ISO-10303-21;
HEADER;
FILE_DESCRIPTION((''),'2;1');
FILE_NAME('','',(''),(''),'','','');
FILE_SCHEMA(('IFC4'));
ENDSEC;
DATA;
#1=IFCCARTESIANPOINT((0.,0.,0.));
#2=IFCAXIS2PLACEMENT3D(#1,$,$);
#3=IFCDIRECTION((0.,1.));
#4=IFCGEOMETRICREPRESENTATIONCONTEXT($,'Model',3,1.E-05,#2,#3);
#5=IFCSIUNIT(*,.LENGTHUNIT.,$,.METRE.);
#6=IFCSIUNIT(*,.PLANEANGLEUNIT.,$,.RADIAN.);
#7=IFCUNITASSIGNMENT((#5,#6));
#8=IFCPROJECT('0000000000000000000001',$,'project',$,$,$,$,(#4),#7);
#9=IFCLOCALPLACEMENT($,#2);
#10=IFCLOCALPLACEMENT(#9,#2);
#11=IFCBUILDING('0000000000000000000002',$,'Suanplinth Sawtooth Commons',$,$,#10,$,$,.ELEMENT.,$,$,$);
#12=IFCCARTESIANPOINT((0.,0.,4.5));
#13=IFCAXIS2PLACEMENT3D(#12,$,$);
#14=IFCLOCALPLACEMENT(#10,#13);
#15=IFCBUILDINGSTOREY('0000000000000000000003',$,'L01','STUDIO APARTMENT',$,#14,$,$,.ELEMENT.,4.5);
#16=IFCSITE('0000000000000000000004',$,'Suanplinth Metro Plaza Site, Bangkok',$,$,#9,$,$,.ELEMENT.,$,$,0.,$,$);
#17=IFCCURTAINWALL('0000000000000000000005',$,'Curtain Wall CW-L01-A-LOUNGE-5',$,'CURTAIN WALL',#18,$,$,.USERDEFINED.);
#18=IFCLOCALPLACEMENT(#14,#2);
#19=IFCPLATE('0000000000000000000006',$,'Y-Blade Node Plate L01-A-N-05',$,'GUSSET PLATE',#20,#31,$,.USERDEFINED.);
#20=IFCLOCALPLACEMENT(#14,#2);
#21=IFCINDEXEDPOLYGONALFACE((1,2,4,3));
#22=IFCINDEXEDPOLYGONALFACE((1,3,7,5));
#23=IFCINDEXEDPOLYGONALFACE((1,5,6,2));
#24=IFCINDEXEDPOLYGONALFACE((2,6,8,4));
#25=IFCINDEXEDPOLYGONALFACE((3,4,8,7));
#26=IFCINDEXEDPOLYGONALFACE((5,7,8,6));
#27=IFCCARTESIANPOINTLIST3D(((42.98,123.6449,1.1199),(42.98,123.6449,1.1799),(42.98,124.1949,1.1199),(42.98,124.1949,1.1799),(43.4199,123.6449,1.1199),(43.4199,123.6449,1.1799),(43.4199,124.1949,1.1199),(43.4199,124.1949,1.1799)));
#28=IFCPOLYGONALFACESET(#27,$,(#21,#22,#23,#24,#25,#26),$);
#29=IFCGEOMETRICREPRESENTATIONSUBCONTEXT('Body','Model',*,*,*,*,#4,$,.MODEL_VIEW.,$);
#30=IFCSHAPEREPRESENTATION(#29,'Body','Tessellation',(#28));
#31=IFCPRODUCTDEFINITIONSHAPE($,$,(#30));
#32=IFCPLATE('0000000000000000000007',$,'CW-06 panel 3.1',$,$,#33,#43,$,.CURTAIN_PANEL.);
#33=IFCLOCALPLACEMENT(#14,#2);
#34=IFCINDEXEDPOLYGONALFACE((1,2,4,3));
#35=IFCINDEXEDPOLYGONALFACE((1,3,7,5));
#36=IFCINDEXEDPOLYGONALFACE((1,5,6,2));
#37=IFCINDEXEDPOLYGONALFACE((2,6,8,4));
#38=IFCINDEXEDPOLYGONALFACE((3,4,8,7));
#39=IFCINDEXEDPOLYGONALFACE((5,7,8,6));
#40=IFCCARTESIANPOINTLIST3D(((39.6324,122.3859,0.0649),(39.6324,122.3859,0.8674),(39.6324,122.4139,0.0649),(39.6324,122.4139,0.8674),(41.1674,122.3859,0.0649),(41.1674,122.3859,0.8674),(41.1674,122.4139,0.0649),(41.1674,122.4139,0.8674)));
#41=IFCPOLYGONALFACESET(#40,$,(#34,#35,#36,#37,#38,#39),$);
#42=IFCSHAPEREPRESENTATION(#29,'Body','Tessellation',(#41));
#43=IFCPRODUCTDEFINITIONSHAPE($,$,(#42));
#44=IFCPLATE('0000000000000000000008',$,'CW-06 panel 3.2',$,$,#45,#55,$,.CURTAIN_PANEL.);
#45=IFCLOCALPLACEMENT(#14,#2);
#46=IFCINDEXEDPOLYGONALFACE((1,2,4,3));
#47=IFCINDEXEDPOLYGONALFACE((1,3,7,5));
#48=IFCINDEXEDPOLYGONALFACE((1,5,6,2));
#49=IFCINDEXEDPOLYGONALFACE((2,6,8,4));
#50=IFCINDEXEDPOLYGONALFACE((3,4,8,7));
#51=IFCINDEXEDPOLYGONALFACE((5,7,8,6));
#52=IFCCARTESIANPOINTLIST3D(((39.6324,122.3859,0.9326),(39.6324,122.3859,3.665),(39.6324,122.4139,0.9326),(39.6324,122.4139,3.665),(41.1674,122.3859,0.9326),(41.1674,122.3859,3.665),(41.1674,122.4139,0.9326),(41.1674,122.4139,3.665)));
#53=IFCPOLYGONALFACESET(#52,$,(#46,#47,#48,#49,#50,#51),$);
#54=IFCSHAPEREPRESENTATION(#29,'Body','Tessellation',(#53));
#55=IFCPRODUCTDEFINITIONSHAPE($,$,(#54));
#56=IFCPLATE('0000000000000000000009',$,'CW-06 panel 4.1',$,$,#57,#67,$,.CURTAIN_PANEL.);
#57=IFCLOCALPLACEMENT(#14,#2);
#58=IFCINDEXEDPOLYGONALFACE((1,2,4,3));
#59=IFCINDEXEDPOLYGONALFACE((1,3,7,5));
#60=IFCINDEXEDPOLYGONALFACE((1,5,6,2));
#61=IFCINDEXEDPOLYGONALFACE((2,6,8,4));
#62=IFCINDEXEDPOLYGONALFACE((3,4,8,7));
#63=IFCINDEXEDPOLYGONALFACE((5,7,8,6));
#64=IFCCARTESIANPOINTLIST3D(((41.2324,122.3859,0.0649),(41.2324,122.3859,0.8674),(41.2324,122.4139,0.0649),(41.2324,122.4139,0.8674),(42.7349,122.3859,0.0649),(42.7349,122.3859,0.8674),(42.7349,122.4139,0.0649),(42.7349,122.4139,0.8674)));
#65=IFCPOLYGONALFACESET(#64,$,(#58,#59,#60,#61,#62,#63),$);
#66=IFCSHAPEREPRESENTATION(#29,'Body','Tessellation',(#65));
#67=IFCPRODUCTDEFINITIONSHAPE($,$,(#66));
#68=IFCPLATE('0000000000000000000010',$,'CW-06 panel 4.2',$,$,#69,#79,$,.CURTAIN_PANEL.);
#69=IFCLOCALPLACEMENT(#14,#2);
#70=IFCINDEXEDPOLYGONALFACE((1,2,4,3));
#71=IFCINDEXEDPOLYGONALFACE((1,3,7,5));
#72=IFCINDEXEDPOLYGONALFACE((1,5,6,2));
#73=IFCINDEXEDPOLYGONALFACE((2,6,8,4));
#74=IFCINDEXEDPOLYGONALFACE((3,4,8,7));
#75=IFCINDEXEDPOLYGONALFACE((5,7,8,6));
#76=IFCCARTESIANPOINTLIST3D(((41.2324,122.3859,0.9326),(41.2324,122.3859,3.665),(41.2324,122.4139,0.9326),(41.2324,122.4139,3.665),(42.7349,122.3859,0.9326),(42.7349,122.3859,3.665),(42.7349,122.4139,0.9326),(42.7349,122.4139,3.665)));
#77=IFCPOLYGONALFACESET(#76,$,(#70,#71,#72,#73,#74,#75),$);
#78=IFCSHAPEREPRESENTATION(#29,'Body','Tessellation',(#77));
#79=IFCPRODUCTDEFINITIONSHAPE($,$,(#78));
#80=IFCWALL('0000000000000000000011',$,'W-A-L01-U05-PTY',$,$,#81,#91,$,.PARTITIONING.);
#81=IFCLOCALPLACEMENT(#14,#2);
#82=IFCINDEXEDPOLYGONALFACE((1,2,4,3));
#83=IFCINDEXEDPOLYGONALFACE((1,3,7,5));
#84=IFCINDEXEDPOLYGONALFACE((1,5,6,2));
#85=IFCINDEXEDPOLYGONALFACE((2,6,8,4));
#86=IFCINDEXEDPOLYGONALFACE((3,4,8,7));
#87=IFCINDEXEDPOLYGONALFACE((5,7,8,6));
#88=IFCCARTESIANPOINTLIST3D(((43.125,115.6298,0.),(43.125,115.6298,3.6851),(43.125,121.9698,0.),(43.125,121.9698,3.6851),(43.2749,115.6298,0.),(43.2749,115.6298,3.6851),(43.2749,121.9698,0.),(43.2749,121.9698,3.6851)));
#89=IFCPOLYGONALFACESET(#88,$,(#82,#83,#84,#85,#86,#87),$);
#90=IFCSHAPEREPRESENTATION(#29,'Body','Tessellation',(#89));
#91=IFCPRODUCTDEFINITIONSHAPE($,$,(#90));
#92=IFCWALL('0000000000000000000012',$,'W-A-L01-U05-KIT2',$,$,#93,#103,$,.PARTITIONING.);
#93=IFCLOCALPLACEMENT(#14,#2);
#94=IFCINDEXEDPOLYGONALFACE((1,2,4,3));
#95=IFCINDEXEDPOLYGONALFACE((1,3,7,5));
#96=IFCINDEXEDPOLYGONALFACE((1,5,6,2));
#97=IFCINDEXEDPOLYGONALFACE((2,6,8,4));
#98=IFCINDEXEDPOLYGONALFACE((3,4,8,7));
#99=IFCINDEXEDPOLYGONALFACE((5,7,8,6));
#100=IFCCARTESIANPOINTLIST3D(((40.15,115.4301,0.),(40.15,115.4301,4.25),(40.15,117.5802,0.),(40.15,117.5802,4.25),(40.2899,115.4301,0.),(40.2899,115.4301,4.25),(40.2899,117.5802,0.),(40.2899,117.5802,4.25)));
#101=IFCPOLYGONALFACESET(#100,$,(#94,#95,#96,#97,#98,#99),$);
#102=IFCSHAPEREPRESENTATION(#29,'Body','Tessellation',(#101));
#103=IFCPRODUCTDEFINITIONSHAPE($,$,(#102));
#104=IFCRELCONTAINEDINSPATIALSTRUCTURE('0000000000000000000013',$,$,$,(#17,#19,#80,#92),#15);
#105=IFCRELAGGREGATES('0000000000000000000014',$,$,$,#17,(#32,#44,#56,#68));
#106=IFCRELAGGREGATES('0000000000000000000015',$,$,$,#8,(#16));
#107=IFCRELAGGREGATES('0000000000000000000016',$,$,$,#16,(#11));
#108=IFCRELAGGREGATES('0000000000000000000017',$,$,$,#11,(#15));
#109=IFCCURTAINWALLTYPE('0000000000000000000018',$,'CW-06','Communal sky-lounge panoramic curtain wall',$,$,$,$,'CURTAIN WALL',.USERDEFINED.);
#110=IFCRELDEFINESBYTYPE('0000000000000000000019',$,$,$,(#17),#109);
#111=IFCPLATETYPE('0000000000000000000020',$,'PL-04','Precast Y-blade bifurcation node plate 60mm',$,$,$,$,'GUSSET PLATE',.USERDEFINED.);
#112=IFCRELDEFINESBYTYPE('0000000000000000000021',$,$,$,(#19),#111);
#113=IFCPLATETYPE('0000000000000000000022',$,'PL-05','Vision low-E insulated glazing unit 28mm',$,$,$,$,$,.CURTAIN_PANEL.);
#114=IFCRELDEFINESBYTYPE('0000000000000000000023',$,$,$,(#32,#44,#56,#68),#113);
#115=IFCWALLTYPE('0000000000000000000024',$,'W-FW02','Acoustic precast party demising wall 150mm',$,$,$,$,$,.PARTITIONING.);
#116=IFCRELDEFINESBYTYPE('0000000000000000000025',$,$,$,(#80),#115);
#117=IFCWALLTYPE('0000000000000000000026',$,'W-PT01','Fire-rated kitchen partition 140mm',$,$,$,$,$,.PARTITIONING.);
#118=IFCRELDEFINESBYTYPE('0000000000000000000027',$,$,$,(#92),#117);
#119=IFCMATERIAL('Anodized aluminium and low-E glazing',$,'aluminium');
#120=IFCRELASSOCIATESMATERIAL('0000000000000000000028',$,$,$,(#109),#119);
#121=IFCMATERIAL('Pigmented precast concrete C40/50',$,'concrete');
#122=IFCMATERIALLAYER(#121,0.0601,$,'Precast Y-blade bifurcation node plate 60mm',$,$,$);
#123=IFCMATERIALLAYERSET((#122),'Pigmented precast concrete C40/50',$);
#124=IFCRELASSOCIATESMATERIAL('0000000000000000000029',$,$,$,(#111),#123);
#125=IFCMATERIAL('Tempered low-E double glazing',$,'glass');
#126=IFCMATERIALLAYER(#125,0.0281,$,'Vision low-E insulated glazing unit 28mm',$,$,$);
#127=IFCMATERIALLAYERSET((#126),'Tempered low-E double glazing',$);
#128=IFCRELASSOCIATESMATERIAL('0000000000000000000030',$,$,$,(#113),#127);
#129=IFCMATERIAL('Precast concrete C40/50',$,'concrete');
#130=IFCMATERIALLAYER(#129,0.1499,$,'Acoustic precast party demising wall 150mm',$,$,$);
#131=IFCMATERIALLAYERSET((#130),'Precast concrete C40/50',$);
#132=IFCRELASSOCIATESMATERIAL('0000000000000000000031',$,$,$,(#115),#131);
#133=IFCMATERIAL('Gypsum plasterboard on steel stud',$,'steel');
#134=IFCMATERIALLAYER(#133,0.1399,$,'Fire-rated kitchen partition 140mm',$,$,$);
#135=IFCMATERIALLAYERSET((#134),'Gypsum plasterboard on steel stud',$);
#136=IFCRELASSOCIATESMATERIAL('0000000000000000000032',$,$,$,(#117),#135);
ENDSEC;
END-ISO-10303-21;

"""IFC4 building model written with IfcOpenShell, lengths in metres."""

from ifc_helpers import new_model, si_unit, direction, frame, frame_2d, origin, origin_2d, place, context, subcontext, project, spatial, rectangle, extrude, material, layer, layer_set, type_object, element, aggregate, save


model = new_model("IFC4")

# Units and contexts
model_context = context("Model", 3, precision=1e-05, world=origin(), true_north=direction((0.0, 1.0)))
body_context = subcontext(model_context, "Body", "Model", "MODEL_VIEW")
ifc_project = project(units=[si_unit("LENGTHUNIT", "METRE"), si_unit("PLANEANGLEUNIT", "RADIAN")], contexts=[model_context])

# Site, building, storey
site_placement = place(None, origin())
site = spatial("IfcSite", under=ifc_project, at=site_placement, Name="Suanplinth Metro Plaza Site, Bangkok", CompositionType="ELEMENT", RefElevation=0.0)
building_placement = place(site_placement, origin())
building = spatial("IfcBuilding", under=site, at=building_placement, Name="Suanplinth Sawtooth Commons", CompositionType="ELEMENT")
storey_placement = place(building_placement, frame((0.0, 0.0, 4.5)))
storey = spatial("IfcBuildingStorey", under=building, at=storey_placement, Name="L01", Description="STUDIO APARTMENT", CompositionType="ELEMENT", Elevation=4.5)

# Shared definitions
ifc_material_1 = material(Name="Precast concrete C40/50", Category="concrete")

# Shared definitions
ifc_material_2 = material(Name="Pigmented precast concrete C40/50", Category="concrete")

# Curtain wall
ifc_material_3 = material(Name="Anodized aluminium and low-E glazing", Category="aluminium")
curtain_wall_type = type_object("IfcCurtainWallType", Name="CW-06", Description="Communal sky-lounge panoramic curtain wall", ElementType="CURTAIN WALL", PredefinedType="USERDEFINED", material=ifc_material_3)
curtain_wall_placement = place(storey_placement, origin())
curtain_wall = element("IfcCurtainWall", 1, at=curtain_wall_placement, inside=storey, type_object=curtain_wall_type, Name="Curtain Wall CW-L01-A-LOUNGE-5", ObjectType="CURTAIN WALL", PredefinedType="USERDEFINED")

# Plates
ifc_layer_1 = layer(ifc_material_2, 0.0601, Name="Precast Y-blade bifurcation node plate 60mm")
ifc_layer_set_1 = layer_set([ifc_layer_1], Name="Pigmented precast concrete C40/50")
plate_type_1 = type_object("IfcPlateType", Name="PL-04", Description="Precast Y-blade bifurcation node plate 60mm", ElementType="GUSSET PLATE", PredefinedType="USERDEFINED", material=ifc_layer_set_1)
plate_1_placement = place(storey_placement, frame((43.2, 123.9199, 1.1199), z_axis=(0.0, 0.0, 1.0), x_axis=(1.0, 0.0, 0.0)))
element("IfcPlate", 2, at=plate_1_placement, inside=storey, type_object=plate_type_1, Name="Y-Blade Node Plate L01-A-N-05", ObjectType="GUSSET PLATE", PredefinedType="USERDEFINED", context=body_context, shape_type="SweptSolid", body=[
    extrude(rectangle(XDim=0.4399, YDim=0.55, at=origin_2d()), origin(), (0.0, 0.0, 1.0), 0.0601),
])
ifc_material_4 = material(Name="Tempered low-E double glazing", Category="glass")
ifc_layer_2 = layer(ifc_material_4, 0.0281, Name="Vision low-E insulated glazing unit 28mm")
ifc_layer_set_2 = layer_set([ifc_layer_2], Name="Tempered low-E double glazing")
plate_type_2 = type_object("IfcPlateType", Name="PL-05", Description="Vision low-E insulated glazing unit 28mm", PredefinedType="CURTAIN_PANEL", material=ifc_layer_set_2)
plate_2_placement = place(storey_placement, frame((40.3999, 122.3999, 0.0649), z_axis=(0.0, 0.0, 1.0), x_axis=(1.0, 0.0, 0.0)))
plate_2 = element("IfcPlate", 3, at=plate_2_placement, type_object=plate_type_2, Name="CW-06 panel 3.1", PredefinedType="CURTAIN_PANEL", context=body_context, shape_type="SweptSolid", body=[
    extrude(rectangle(XDim=1.5349, YDim=0.0281, at=origin_2d()), origin(), (0.0, 0.0, 1.0), 0.8025),
])
plate_3_placement = place(storey_placement, frame((40.3999, 122.3999, 0.9326), z_axis=(0.0, 0.0, 1.0), x_axis=(1.0, 0.0, 0.0)))
plate_3 = element("IfcPlate", 4, at=plate_3_placement, type_object=plate_type_2, Name="CW-06 panel 3.2", PredefinedType="CURTAIN_PANEL", context=body_context, shape_type="SweptSolid", body=[
    extrude(rectangle(XDim=1.5349, YDim=0.0281, at=origin_2d()), origin(), (0.0, 0.0, 1.0), 2.7324),
])
plate_4_placement = place(storey_placement, frame((41.9836, 122.3999, 0.0649), z_axis=(0.0, 0.0, 1.0), x_axis=(1.0, 0.0, 0.0)))
plate_4 = element("IfcPlate", 5, at=plate_4_placement, type_object=plate_type_2, Name="CW-06 panel 4.1", PredefinedType="CURTAIN_PANEL", context=body_context, shape_type="SweptSolid", body=[
    extrude(rectangle(XDim=1.5024, YDim=0.0281, at=origin_2d()), origin(), (0.0, 0.0, 1.0), 0.8025),
])
plate_5_placement = place(storey_placement, frame((41.9836, 122.3999, 0.9326), z_axis=(0.0, 0.0, 1.0), x_axis=(1.0, 0.0, 0.0)))
plate_5 = element("IfcPlate", 6, at=plate_5_placement, type_object=plate_type_2, Name="CW-06 panel 4.2", PredefinedType="CURTAIN_PANEL", context=body_context, shape_type="SweptSolid", body=[
    extrude(rectangle(XDim=1.5024, YDim=0.0281, at=origin_2d()), origin(), (0.0, 0.0, 1.0), 2.7324),
])
aggregate(curtain_wall, [plate_2, plate_3, plate_4, plate_5])

# Walls
ifc_layer_3 = layer(ifc_material_1, 0.1499, Name="Acoustic precast party demising wall 150mm")
ifc_layer_set_3 = layer_set([ifc_layer_3], Name="Precast concrete C40/50")
wall_type_1 = type_object("IfcWallType", Name="W-FW02", Description="Acoustic precast party demising wall 150mm", PredefinedType="PARTITIONING", material=ifc_layer_set_3)
wall_1_placement = place(storey_placement, frame((43.2, 115.6299, 0.0), z_axis=(0.0, 0.0, 1.0), x_axis=(0.0, 1.0, 0.0)))
element("IfcWall", 7, at=wall_1_placement, inside=storey, type_object=wall_type_1, Name="W-A-L01-U05-PTY", PredefinedType="PARTITIONING", context=body_context, shape_type="SweptSolid", body=[
    extrude(rectangle(XDim=6.3401, YDim=0.1499, at=frame_2d((3.1699, 0.0))), origin(), (0.0, 0.0, 1.0), 3.6851),
])
ifc_material_5 = material(Name="Gypsum plasterboard on steel stud", Category="steel")
ifc_layer_4 = layer(ifc_material_5, 0.1399, Name="Fire-rated kitchen partition 140mm")
ifc_layer_set_4 = layer_set([ifc_layer_4], Name="Gypsum plasterboard on steel stud")
wall_type_2 = type_object("IfcWallType", Name="W-PT01", Description="Fire-rated kitchen partition 140mm", PredefinedType="PARTITIONING", material=ifc_layer_set_4)
wall_2_placement = place(storey_placement, frame((40.22, 115.4299, 0.0), z_axis=(0.0, 0.0, 1.0), x_axis=(0.0, 1.0, 0.0)))
element("IfcWall", 8, at=wall_2_placement, inside=storey, type_object=wall_type_2, Name="W-A-L01-U05-KIT2", PredefinedType="PARTITIONING", context=body_context, shape_type="SweptSolid", body=[
    extrude(rectangle(XDim=2.1501, YDim=0.1399, at=frame_2d((1.0752, 0.0))), origin(), (0.0, 0.0, 1.0), 4.25),
])

save(model, "model.ifc")
